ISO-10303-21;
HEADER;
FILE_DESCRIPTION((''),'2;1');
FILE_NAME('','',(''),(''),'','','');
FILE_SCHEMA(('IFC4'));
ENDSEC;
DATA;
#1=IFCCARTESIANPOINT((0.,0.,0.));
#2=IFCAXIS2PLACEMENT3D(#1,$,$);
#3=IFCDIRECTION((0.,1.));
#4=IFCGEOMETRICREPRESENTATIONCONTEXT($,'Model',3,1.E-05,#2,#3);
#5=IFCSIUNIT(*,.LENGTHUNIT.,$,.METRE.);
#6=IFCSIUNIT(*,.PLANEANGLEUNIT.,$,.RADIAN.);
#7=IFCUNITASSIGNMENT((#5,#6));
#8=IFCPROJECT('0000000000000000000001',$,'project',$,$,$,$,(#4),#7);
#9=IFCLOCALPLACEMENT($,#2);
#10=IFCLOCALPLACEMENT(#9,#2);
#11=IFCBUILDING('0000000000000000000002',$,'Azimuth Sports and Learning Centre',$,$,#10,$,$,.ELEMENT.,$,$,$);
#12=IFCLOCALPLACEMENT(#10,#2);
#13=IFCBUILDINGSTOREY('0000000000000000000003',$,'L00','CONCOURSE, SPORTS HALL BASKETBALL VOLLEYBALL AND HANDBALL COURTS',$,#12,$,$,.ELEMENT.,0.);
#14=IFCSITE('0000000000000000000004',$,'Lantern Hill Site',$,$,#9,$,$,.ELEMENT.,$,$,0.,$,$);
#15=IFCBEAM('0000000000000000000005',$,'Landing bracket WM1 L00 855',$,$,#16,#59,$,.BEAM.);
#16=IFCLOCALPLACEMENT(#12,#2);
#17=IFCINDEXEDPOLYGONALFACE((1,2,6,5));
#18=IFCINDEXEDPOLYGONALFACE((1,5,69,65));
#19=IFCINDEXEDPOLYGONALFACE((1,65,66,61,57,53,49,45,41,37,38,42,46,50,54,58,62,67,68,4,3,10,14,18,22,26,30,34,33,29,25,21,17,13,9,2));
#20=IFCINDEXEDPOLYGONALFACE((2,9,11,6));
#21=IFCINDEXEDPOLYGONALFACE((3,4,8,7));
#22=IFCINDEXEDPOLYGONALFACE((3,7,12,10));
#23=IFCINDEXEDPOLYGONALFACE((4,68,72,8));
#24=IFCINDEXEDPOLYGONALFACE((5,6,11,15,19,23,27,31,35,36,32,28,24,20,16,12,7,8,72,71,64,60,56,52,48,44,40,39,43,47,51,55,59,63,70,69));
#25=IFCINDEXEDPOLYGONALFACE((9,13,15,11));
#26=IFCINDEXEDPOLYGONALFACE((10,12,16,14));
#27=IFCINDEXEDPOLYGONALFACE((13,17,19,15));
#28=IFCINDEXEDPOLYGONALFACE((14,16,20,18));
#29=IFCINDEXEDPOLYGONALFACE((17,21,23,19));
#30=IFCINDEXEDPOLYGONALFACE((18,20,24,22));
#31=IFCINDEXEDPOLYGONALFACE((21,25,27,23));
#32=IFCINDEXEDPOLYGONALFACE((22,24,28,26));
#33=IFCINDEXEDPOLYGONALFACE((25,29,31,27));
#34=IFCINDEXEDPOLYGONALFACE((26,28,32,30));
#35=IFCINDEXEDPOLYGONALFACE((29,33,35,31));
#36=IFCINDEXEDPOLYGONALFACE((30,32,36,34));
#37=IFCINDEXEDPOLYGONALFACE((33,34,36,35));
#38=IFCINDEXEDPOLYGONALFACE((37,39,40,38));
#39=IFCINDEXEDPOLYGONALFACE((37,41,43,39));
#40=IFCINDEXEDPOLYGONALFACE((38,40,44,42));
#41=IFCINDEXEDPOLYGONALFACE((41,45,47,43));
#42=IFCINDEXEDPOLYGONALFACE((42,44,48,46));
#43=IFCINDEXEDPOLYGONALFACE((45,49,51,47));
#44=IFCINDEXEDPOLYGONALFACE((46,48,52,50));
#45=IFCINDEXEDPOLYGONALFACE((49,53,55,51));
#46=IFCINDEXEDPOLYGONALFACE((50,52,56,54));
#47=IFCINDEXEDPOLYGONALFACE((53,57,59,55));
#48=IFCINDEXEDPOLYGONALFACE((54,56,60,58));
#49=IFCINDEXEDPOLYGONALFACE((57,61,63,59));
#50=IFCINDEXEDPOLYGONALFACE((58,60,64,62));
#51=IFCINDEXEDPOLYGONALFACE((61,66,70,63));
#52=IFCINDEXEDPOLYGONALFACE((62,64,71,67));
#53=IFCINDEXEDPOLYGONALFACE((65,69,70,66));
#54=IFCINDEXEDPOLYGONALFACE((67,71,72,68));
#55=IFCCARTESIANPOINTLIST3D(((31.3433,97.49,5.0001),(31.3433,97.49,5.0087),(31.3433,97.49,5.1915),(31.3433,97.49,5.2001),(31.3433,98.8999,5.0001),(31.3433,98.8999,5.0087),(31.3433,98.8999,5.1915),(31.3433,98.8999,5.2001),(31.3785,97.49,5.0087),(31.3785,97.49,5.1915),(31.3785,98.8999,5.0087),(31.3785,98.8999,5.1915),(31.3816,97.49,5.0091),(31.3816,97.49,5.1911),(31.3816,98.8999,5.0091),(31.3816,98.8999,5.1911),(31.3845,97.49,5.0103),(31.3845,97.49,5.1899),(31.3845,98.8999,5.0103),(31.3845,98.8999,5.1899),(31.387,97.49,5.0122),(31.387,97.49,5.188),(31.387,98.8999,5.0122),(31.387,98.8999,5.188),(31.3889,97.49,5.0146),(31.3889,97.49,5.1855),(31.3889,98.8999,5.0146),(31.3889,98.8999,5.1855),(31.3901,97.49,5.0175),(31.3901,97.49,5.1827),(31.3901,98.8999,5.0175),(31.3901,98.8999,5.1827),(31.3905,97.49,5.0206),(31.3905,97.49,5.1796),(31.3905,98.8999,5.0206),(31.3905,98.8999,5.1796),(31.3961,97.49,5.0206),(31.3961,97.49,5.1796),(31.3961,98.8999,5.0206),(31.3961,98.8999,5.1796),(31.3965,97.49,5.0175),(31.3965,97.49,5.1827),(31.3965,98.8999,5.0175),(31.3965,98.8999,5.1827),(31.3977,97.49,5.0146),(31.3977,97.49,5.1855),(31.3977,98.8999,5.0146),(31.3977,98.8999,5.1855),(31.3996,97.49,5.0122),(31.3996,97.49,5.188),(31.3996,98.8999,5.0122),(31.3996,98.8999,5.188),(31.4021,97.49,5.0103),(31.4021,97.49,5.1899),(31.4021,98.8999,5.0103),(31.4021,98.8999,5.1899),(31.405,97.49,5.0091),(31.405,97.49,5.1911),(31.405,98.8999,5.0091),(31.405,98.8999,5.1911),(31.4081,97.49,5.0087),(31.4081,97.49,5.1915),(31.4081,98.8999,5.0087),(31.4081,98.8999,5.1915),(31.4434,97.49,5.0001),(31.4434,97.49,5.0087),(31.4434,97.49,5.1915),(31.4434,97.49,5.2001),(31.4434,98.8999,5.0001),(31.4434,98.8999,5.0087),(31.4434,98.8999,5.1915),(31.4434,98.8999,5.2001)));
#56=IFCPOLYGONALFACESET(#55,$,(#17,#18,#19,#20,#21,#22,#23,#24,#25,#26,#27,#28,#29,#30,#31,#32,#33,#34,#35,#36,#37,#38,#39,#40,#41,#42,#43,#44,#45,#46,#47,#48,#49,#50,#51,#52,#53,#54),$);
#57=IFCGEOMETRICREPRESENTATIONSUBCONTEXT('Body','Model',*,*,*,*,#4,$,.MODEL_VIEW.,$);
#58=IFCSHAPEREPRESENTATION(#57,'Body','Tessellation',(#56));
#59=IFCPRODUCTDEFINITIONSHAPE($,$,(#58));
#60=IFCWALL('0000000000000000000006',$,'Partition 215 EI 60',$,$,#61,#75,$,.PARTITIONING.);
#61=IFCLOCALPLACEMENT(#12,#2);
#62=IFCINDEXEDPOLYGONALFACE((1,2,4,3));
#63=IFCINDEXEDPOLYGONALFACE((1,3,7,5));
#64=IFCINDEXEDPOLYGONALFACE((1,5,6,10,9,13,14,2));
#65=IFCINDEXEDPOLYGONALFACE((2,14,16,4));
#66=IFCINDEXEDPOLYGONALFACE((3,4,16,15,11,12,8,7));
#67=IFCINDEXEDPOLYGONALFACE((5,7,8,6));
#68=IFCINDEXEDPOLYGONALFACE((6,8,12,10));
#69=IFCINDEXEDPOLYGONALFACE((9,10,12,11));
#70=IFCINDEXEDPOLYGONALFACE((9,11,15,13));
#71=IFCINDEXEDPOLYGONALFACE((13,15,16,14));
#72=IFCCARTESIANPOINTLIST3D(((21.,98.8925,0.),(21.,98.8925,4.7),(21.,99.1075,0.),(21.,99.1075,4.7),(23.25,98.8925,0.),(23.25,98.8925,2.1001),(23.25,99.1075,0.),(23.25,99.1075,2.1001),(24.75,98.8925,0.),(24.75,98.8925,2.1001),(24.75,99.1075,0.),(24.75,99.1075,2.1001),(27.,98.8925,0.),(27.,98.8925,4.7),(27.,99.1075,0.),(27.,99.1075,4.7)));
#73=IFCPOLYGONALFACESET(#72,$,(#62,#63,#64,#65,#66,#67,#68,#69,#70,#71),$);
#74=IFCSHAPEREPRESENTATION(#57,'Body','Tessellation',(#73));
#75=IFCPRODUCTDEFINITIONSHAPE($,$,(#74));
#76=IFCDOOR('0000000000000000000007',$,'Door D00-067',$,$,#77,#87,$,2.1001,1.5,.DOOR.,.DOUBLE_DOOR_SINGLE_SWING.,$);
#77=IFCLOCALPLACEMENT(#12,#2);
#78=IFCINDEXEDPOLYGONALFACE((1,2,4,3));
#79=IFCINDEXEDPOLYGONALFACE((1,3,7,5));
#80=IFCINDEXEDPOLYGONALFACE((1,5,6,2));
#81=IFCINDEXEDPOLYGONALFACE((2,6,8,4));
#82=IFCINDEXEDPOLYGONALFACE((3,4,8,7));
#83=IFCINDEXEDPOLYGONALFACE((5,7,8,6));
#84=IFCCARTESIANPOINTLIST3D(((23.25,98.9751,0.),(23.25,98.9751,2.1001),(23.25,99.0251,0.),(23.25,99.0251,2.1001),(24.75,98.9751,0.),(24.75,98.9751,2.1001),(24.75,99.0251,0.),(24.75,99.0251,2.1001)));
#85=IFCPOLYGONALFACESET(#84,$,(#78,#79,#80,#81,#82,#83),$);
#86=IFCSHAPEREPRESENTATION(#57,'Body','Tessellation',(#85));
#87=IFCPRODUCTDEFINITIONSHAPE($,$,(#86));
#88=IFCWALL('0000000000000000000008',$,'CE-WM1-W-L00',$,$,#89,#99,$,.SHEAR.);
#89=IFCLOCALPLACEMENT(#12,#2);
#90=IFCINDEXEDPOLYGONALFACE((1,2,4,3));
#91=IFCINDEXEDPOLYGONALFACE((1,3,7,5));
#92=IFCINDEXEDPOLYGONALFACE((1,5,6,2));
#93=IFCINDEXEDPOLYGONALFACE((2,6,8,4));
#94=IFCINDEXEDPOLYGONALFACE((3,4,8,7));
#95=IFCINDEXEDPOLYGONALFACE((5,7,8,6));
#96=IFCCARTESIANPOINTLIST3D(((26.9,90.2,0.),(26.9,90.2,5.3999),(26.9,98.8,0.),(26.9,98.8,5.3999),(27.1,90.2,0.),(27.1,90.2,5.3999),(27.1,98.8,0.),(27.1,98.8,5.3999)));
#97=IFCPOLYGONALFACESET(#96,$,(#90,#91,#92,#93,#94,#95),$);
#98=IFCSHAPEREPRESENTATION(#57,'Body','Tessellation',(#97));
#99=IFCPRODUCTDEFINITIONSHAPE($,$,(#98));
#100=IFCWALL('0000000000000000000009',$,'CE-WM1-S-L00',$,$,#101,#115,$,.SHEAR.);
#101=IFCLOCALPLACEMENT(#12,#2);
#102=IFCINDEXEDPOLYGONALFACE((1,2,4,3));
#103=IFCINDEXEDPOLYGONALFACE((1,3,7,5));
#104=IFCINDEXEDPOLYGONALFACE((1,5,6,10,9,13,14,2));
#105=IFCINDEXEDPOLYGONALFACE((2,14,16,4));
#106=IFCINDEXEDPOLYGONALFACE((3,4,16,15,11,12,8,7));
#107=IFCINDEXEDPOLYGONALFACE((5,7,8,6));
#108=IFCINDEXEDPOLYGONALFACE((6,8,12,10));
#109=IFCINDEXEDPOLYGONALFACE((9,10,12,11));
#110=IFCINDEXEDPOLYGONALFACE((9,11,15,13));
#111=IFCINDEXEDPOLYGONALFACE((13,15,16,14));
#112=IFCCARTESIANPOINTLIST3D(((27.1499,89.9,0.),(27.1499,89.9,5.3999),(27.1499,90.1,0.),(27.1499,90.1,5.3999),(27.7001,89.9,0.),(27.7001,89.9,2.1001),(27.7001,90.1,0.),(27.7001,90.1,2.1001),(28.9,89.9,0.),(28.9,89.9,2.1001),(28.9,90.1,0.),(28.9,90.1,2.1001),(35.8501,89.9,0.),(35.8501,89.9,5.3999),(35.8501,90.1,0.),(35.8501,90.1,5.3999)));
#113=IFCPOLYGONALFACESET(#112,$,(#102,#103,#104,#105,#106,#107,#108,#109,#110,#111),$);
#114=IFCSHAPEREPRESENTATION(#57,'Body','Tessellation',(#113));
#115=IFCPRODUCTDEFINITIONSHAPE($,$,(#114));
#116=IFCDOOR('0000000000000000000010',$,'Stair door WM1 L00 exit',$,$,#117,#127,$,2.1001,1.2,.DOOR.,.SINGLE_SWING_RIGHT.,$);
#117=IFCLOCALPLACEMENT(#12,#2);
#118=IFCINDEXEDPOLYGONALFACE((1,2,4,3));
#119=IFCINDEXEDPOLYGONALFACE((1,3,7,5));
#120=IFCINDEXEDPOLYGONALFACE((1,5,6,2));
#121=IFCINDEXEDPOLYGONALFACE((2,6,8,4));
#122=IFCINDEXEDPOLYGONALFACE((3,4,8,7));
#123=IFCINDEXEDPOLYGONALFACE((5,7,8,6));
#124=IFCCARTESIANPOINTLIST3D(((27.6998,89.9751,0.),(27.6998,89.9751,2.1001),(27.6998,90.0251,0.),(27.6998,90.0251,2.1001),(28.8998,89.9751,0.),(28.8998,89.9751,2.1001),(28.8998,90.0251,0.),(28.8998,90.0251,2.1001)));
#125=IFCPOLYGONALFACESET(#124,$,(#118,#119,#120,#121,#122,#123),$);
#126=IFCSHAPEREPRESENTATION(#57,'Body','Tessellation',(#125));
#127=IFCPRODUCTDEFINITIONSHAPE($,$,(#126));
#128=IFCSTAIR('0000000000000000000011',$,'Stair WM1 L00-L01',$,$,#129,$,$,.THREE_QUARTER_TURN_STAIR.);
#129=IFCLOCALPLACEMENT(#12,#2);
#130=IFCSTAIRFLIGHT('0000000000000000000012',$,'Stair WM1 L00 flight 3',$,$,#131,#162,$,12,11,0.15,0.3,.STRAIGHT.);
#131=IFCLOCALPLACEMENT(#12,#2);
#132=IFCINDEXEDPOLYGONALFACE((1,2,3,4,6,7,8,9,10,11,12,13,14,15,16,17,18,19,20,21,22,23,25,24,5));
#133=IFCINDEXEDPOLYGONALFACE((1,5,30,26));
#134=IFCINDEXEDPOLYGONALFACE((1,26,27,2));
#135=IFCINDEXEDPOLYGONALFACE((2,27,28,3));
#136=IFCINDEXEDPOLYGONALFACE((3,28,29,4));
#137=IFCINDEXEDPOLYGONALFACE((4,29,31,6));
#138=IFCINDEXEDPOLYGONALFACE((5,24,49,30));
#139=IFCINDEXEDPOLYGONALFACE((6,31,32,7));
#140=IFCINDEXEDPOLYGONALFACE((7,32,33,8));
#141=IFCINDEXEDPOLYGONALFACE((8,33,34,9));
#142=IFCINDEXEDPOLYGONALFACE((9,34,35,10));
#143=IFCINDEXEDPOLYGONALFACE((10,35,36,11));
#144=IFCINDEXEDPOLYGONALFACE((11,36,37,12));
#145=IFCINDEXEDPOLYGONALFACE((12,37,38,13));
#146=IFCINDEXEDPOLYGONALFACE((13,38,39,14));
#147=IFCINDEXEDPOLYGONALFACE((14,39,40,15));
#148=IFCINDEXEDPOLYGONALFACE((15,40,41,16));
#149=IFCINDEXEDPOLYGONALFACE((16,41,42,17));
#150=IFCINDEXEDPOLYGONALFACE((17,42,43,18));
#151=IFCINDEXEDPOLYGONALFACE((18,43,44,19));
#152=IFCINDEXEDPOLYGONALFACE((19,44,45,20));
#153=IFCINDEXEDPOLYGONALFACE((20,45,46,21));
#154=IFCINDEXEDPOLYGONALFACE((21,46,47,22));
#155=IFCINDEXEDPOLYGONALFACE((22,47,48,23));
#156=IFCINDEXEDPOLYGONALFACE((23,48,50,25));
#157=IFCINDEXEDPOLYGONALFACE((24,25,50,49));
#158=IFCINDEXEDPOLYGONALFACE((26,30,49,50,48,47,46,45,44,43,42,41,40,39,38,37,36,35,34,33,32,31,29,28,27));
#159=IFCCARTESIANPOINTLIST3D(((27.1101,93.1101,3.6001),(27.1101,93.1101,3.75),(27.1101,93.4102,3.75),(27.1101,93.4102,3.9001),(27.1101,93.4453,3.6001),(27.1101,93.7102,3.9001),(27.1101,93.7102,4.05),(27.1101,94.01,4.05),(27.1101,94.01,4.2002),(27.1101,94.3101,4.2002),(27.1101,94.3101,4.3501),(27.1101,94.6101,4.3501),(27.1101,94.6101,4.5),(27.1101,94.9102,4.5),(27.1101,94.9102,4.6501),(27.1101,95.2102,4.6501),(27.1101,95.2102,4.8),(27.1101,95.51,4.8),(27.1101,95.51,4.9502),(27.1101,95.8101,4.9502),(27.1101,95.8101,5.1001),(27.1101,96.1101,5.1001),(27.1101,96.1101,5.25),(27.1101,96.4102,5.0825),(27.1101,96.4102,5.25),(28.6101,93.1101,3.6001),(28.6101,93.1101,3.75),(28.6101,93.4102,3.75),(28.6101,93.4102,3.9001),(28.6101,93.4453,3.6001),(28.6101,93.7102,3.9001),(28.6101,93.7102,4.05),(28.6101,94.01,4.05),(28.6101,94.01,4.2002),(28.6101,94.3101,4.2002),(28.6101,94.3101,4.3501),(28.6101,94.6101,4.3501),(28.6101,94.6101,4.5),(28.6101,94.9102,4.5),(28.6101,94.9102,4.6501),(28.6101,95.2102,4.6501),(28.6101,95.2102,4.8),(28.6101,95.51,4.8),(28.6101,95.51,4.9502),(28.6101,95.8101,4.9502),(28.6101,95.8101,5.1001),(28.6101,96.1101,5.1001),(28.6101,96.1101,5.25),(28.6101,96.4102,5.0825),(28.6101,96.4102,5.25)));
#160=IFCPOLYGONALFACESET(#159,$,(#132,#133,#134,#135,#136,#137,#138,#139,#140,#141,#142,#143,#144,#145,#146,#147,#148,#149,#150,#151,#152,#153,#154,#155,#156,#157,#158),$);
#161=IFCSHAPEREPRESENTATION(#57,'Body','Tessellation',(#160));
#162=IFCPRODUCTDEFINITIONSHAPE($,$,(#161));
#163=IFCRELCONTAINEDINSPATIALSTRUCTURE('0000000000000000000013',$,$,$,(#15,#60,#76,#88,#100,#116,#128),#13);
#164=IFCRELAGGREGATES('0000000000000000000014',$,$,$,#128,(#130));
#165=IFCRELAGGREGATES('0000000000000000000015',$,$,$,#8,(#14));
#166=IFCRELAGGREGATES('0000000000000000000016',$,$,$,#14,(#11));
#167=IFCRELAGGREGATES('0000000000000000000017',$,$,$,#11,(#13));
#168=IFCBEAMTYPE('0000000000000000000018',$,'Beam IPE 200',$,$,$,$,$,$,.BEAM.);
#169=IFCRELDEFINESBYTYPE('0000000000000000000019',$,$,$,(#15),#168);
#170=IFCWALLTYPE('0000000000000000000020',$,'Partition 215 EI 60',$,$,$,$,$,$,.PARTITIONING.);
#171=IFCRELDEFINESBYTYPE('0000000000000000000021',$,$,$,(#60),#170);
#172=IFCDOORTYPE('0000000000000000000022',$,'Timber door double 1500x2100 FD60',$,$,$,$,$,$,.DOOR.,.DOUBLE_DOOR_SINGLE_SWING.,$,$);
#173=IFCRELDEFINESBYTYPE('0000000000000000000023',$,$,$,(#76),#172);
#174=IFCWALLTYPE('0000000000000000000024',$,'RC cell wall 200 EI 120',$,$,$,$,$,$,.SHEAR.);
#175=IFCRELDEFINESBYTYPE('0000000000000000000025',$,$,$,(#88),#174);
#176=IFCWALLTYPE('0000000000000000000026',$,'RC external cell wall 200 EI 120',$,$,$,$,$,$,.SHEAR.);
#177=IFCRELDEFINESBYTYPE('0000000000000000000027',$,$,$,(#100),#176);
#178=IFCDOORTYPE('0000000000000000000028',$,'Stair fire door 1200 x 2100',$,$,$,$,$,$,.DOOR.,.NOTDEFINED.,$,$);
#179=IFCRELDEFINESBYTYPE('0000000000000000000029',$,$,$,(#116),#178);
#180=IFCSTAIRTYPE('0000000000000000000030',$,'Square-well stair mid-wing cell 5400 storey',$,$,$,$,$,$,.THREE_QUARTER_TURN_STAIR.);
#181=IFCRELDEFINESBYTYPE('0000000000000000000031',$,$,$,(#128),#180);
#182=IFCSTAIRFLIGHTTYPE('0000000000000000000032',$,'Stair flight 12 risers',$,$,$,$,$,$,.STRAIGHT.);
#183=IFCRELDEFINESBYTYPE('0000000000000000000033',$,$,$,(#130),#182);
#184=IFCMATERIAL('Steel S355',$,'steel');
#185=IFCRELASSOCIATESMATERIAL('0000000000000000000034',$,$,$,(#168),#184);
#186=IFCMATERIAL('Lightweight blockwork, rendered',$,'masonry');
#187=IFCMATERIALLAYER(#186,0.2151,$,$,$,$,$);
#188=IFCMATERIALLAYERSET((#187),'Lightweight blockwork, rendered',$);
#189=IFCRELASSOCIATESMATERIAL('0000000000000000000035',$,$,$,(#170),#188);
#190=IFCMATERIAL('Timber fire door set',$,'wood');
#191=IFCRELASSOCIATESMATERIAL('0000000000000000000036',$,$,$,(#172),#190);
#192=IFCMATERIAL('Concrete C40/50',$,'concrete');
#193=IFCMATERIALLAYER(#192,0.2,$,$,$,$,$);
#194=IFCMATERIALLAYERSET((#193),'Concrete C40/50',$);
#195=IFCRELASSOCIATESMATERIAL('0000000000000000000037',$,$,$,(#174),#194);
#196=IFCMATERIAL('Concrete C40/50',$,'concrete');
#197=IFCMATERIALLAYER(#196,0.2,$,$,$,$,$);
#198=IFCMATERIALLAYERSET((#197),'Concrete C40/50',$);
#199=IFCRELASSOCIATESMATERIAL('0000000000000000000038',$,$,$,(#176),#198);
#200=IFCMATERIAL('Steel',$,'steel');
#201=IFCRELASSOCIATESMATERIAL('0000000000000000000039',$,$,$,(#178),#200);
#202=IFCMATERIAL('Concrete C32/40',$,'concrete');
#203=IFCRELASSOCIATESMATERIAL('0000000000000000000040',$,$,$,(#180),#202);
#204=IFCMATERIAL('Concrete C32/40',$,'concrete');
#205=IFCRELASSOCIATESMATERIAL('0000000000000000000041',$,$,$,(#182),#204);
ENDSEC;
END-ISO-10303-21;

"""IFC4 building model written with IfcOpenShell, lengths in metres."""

from ifc_helpers import new_model, si_unit, direction, frame, frame_2d, origin, origin_2d, place, context, subcontext, project, spatial, polyline, rectangle, i_section, outline, extrude, material, layer, layer_set, material_profile, profile_set, type_object, element, fill, aggregate, save


model = new_model("IFC4")

# Units and contexts
model_context = context("Model", 3, precision=1e-05, world=origin(), true_north=direction((0.0, 1.0)))
body_context = subcontext(model_context, "Body", "Model", "MODEL_VIEW")
ifc_project = project(units=[si_unit("LENGTHUNIT", "METRE"), si_unit("PLANEANGLEUNIT", "RADIAN")], contexts=[model_context])

# Site, building, storey
site_placement = place(None, origin())
site = spatial("IfcSite", under=ifc_project, at=site_placement, Name="Lantern Hill Site", CompositionType="ELEMENT", RefElevation=0.0)
building_placement = place(site_placement, origin())
building = spatial("IfcBuilding", under=site, at=building_placement, Name="Azimuth Sports and Learning Centre", CompositionType="ELEMENT")
storey_placement = place(building_placement, origin())
storey = spatial("IfcBuildingStorey", under=building, at=storey_placement, Name="L00", Description="CONCOURSE, SPORTS HALL BASKETBALL VOLLEYBALL AND HANDBALL COURTS", CompositionType="ELEMENT", Elevation=0.0)

# Beam
ifc_material_1 = material(Name="Steel S355", Category="steel")
ifc_material_profile_1 = material_profile(ifc_material_1, i_section(OverallWidth=0.1001, OverallDepth=0.2, WebThickness=0.0056, FlangeThickness=0.0085, FilletRadius=0.012, at=origin_2d()), Name="IPE 200")
ifc_profile_set_1 = profile_set([ifc_material_profile_1], Name="Steel S355")
beam_type = type_object("IfcBeamType", Name="Beam IPE 200", PredefinedType="BEAM", material=ifc_profile_set_1)
for number, where, z_axis, x_axis, name in (
    (1, (31.3933, 98.8999, 5.1001), (0.0, -1.0, 0.0), (1.0, 0.0, 0.0), "Landing bracket WM1 L00 855"),
):
    element("IfcBeam", number, at=place(storey_placement, frame(where, z_axis=z_axis, x_axis=x_axis)), inside=storey, type_object=beam_type, Name=name, PredefinedType="BEAM", context=body_context, shape_type="SweptSolid", body=[
        extrude(i_section(OverallWidth=0.1001, OverallDepth=0.2, WebThickness=0.0056, FlangeThickness=0.0085, FilletRadius=0.012, at=origin_2d()), origin(), (0.0, 0.0, 1.0), 1.4099),
    ])

# Wall, opening, door
ifc_material_2 = material(Name="Lightweight blockwork, rendered", Category="masonry")
ifc_layer_1 = layer(ifc_material_2, 0.2151)
ifc_layer_set_1 = layer_set([ifc_layer_1], Name="Lightweight blockwork, rendered")
wall_type_1 = type_object("IfcWallType", Name="Partition 215 EI 60", PredefinedType="PARTITIONING", material=ifc_layer_set_1)
wall_1_placement = place(storey_placement, frame((21.0, 99.0, 0.0), z_axis=(0.0, 0.0, 1.0), x_axis=(1.0, 0.0, 0.0)))
wall_1 = element("IfcWall", 2, at=wall_1_placement, inside=storey, type_object=wall_type_1, Name="Partition 215 EI 60", PredefinedType="PARTITIONING", context=body_context, shape_type="SweptSolid", body=[
    extrude(rectangle(XDim=6.0, YDim=0.2151, at=frame_2d((3.0, 0.0))), origin(), (0.0, 0.0, 1.0), 4.7),
])
opening_1_placement = place(wall_1_placement, frame((2.25, 0.0, 0.0)))
opening_1 = element("IfcOpeningElement", 3, at=opening_1_placement, cuts=wall_1, PredefinedType="OPENING", context=body_context, shape_type="SweptSolid", body=[
    extrude(rectangle(XDim=1.5, YDim=2.1001, at=frame_2d((0.75, 1.05))), frame((0.0, 0.1187, 0.0), z_axis=(0.0, -1.0, 0.0), x_axis=(1.0, 0.0, 0.0)), (0.0, 0.0, 1.0), 0.2371),
])
ifc_material_3 = material(Name="Timber fire door set", Category="wood")
door_type_1 = type_object("IfcDoorType", Name="Timber door double 1500x2100 FD60", OperationType="DOUBLE_DOOR_SINGLE_SWING", PredefinedType="DOOR", material=ifc_material_3)
door_1_placement = place(opening_1_placement, frame((1.5, 0.0, 0.0), z_axis=(0.0, 0.0, 1.0), x_axis=(-1.0, 0.0, 0.0)))
door_1 = element("IfcDoor", 4, at=door_1_placement, inside=storey, type_object=door_type_1, Name="Door D00-067", OperationType="DOUBLE_DOOR_SINGLE_SWING", OverallHeight=2.1001, OverallWidth=1.5, PredefinedType="DOOR", context=body_context, shape_type="SweptSolid", body=[
    extrude(rectangle(XDim=1.5, YDim=2.1001, at=frame_2d((0.75, 1.05))), frame((0.0, 0.0249, 0.0), z_axis=(0.0, -1.0, 0.0), x_axis=(1.0, 0.0, 0.0)), (0.0, 0.0, 1.0), 0.05),
])
fill(opening_1, door_1)

# Wall
ifc_material_4 = material(Name="Concrete C40/50", Category="concrete")
ifc_layer_2 = layer(ifc_material_4, 0.2)
ifc_layer_set_2 = layer_set([ifc_layer_2], Name="Concrete C40/50")
wall_type_2 = type_object("IfcWallType", Name="RC cell wall 200 EI 120", PredefinedType="SHEAR", material=ifc_layer_set_2)
wall_2_placement = place(storey_placement, frame((27.0, 90.2, 0.0), z_axis=(0.0, 0.0, 1.0), x_axis=(0.0, 1.0, 0.0)))
element("IfcWall", 5, at=wall_2_placement, inside=storey, type_object=wall_type_2, Name="CE-WM1-W-L00", PredefinedType="SHEAR", context=body_context, shape_type="SweptSolid", body=[
    extrude(rectangle(XDim=8.6001, YDim=0.2, at=frame_2d((4.3, 0.0))), origin(), (0.0, 0.0, 1.0), 5.3999),
])

# Wall, opening, door
ifc_material_5 = material(Name="Concrete C40/50", Category="concrete")
ifc_layer_3 = layer(ifc_material_5, 0.2)
ifc_layer_set_3 = layer_set([ifc_layer_3], Name="Concrete C40/50")
wall_type_3 = type_object("IfcWallType", Name="RC external cell wall 200 EI 120", PredefinedType="SHEAR", material=ifc_layer_set_3)
wall_3_placement = place(storey_placement, frame((27.1499, 90.0, 0.0), z_axis=(0.0, 0.0, 1.0), x_axis=(1.0, 0.0, 0.0)))
wall_3 = element("IfcWall", 6, at=wall_3_placement, inside=storey, type_object=wall_type_3, Name="CE-WM1-S-L00", PredefinedType="SHEAR", context=body_context, shape_type="SweptSolid", body=[
    extrude(rectangle(XDim=8.7002, YDim=0.2, at=frame_2d((4.3501, 0.0))), origin(), (0.0, 0.0, 1.0), 5.3999),
])
opening_2_placement = place(wall_3_placement, frame((0.55, 0.0, 0.0)))
opening_2 = element("IfcOpeningElement", 7, at=opening_2_placement, cuts=wall_3, PredefinedType="OPENING", context=body_context, shape_type="SweptSolid", body=[
    extrude(rectangle(XDim=1.2, YDim=2.1001, at=frame_2d((0.6001, 1.05))), frame((0.0, 0.1108, 0.0), z_axis=(0.0, -1.0, 0.0), x_axis=(1.0, 0.0, 0.0)), (0.0, 0.0, 1.0), 0.2219),
])
ifc_material_6 = material(Name="Steel", Category="steel")
door_type_2 = type_object("IfcDoorType", Name="Stair fire door 1200 x 2100", OperationType="NOTDEFINED", PredefinedType="DOOR", material=ifc_material_6)
door_2_placement = place(opening_2_placement, frame((1.2, 0.0, 0.0), z_axis=(0.0, 0.0, 1.0), x_axis=(-1.0, 0.0, 0.0)))
door_2 = element("IfcDoor", 8, at=door_2_placement, inside=storey, type_object=door_type_2, Name="Stair door WM1 L00 exit", OperationType="SINGLE_SWING_RIGHT", OverallHeight=2.1001, OverallWidth=1.2, PredefinedType="DOOR", context=body_context, shape_type="SweptSolid", body=[
    extrude(rectangle(XDim=1.2, YDim=2.1001, at=frame_2d((0.6001, 1.05))), frame((0.0, 0.0249, 0.0), z_axis=(0.0, -1.0, 0.0), x_axis=(1.0, 0.0, 0.0)), (0.0, 0.0, 1.0), 0.05),
])
fill(opening_2, door_2)

# Stair, stair flight
ifc_material_7 = material(Name="Concrete C32/40", Category="concrete")
stair_type = type_object("IfcStairType", Name="Square-well stair mid-wing cell 5400 storey", PredefinedType="THREE_QUARTER_TURN_STAIR", material=ifc_material_7)
stair_placement = place(storey_placement, origin())
stair = element("IfcStair", 9, at=stair_placement, inside=storey, type_object=stair_type, Name="Stair WM1 L00-L01", PredefinedType="THREE_QUARTER_TURN_STAIR")
ifc_material_8 = material(Name="Concrete C32/40", Category="concrete")
stair_flight_type = type_object("IfcStairFlightType", Name="Stair flight 12 risers", PredefinedType="STRAIGHT", material=ifc_material_8)
stair_flight_placement = place(storey_placement, frame((27.8601, 93.1101, 3.6001), z_axis=(0.0, 0.0, 1.0), x_axis=(0.0, 1.0, 0.0)))
stair_flight = element("IfcStairFlight", 10, at=stair_flight_placement, type_object=stair_flight_type, Name="Stair WM1 L00 flight 3", NumberOfRisers=12, NumberOfTreads=11, PredefinedType="STRAIGHT", RiserHeight=0.15, TreadLength=0.3, context=body_context, shape_type="SweptSolid", body=[
    extrude(outline(polyline([(0.0, 0.0), (0.0, 0.1499), (0.3, 0.1499), (0.3, 0.3), (0.6001, 0.3), (0.6001, 0.45), (0.8999, 0.45), (0.8999, 0.6001), (1.2, 0.6001), (1.2, 0.75), (1.5, 0.75), (1.5, 0.8999), (1.8, 0.8999), (1.8, 1.05), (2.1001, 1.05), (2.1001, 1.2), (2.3999, 1.2), (2.3999, 1.3501), (2.7, 1.3501), (2.7, 1.5), (3.0, 1.5), (3.0, 1.6499), (3.3, 1.6499), (3.3, 1.8), (3.3, 1.4824), (0.3352, 0.0), (0.0, 0.0)])), frame((0.0, 0.75, 0.0), z_axis=(0.0, -1.0, 0.0), x_axis=(1.0, 0.0, 0.0)), (0.0, 0.0, 1.0), 1.5),
])
aggregate(stair, [stair_flight])

save(model, "model.ifc")
